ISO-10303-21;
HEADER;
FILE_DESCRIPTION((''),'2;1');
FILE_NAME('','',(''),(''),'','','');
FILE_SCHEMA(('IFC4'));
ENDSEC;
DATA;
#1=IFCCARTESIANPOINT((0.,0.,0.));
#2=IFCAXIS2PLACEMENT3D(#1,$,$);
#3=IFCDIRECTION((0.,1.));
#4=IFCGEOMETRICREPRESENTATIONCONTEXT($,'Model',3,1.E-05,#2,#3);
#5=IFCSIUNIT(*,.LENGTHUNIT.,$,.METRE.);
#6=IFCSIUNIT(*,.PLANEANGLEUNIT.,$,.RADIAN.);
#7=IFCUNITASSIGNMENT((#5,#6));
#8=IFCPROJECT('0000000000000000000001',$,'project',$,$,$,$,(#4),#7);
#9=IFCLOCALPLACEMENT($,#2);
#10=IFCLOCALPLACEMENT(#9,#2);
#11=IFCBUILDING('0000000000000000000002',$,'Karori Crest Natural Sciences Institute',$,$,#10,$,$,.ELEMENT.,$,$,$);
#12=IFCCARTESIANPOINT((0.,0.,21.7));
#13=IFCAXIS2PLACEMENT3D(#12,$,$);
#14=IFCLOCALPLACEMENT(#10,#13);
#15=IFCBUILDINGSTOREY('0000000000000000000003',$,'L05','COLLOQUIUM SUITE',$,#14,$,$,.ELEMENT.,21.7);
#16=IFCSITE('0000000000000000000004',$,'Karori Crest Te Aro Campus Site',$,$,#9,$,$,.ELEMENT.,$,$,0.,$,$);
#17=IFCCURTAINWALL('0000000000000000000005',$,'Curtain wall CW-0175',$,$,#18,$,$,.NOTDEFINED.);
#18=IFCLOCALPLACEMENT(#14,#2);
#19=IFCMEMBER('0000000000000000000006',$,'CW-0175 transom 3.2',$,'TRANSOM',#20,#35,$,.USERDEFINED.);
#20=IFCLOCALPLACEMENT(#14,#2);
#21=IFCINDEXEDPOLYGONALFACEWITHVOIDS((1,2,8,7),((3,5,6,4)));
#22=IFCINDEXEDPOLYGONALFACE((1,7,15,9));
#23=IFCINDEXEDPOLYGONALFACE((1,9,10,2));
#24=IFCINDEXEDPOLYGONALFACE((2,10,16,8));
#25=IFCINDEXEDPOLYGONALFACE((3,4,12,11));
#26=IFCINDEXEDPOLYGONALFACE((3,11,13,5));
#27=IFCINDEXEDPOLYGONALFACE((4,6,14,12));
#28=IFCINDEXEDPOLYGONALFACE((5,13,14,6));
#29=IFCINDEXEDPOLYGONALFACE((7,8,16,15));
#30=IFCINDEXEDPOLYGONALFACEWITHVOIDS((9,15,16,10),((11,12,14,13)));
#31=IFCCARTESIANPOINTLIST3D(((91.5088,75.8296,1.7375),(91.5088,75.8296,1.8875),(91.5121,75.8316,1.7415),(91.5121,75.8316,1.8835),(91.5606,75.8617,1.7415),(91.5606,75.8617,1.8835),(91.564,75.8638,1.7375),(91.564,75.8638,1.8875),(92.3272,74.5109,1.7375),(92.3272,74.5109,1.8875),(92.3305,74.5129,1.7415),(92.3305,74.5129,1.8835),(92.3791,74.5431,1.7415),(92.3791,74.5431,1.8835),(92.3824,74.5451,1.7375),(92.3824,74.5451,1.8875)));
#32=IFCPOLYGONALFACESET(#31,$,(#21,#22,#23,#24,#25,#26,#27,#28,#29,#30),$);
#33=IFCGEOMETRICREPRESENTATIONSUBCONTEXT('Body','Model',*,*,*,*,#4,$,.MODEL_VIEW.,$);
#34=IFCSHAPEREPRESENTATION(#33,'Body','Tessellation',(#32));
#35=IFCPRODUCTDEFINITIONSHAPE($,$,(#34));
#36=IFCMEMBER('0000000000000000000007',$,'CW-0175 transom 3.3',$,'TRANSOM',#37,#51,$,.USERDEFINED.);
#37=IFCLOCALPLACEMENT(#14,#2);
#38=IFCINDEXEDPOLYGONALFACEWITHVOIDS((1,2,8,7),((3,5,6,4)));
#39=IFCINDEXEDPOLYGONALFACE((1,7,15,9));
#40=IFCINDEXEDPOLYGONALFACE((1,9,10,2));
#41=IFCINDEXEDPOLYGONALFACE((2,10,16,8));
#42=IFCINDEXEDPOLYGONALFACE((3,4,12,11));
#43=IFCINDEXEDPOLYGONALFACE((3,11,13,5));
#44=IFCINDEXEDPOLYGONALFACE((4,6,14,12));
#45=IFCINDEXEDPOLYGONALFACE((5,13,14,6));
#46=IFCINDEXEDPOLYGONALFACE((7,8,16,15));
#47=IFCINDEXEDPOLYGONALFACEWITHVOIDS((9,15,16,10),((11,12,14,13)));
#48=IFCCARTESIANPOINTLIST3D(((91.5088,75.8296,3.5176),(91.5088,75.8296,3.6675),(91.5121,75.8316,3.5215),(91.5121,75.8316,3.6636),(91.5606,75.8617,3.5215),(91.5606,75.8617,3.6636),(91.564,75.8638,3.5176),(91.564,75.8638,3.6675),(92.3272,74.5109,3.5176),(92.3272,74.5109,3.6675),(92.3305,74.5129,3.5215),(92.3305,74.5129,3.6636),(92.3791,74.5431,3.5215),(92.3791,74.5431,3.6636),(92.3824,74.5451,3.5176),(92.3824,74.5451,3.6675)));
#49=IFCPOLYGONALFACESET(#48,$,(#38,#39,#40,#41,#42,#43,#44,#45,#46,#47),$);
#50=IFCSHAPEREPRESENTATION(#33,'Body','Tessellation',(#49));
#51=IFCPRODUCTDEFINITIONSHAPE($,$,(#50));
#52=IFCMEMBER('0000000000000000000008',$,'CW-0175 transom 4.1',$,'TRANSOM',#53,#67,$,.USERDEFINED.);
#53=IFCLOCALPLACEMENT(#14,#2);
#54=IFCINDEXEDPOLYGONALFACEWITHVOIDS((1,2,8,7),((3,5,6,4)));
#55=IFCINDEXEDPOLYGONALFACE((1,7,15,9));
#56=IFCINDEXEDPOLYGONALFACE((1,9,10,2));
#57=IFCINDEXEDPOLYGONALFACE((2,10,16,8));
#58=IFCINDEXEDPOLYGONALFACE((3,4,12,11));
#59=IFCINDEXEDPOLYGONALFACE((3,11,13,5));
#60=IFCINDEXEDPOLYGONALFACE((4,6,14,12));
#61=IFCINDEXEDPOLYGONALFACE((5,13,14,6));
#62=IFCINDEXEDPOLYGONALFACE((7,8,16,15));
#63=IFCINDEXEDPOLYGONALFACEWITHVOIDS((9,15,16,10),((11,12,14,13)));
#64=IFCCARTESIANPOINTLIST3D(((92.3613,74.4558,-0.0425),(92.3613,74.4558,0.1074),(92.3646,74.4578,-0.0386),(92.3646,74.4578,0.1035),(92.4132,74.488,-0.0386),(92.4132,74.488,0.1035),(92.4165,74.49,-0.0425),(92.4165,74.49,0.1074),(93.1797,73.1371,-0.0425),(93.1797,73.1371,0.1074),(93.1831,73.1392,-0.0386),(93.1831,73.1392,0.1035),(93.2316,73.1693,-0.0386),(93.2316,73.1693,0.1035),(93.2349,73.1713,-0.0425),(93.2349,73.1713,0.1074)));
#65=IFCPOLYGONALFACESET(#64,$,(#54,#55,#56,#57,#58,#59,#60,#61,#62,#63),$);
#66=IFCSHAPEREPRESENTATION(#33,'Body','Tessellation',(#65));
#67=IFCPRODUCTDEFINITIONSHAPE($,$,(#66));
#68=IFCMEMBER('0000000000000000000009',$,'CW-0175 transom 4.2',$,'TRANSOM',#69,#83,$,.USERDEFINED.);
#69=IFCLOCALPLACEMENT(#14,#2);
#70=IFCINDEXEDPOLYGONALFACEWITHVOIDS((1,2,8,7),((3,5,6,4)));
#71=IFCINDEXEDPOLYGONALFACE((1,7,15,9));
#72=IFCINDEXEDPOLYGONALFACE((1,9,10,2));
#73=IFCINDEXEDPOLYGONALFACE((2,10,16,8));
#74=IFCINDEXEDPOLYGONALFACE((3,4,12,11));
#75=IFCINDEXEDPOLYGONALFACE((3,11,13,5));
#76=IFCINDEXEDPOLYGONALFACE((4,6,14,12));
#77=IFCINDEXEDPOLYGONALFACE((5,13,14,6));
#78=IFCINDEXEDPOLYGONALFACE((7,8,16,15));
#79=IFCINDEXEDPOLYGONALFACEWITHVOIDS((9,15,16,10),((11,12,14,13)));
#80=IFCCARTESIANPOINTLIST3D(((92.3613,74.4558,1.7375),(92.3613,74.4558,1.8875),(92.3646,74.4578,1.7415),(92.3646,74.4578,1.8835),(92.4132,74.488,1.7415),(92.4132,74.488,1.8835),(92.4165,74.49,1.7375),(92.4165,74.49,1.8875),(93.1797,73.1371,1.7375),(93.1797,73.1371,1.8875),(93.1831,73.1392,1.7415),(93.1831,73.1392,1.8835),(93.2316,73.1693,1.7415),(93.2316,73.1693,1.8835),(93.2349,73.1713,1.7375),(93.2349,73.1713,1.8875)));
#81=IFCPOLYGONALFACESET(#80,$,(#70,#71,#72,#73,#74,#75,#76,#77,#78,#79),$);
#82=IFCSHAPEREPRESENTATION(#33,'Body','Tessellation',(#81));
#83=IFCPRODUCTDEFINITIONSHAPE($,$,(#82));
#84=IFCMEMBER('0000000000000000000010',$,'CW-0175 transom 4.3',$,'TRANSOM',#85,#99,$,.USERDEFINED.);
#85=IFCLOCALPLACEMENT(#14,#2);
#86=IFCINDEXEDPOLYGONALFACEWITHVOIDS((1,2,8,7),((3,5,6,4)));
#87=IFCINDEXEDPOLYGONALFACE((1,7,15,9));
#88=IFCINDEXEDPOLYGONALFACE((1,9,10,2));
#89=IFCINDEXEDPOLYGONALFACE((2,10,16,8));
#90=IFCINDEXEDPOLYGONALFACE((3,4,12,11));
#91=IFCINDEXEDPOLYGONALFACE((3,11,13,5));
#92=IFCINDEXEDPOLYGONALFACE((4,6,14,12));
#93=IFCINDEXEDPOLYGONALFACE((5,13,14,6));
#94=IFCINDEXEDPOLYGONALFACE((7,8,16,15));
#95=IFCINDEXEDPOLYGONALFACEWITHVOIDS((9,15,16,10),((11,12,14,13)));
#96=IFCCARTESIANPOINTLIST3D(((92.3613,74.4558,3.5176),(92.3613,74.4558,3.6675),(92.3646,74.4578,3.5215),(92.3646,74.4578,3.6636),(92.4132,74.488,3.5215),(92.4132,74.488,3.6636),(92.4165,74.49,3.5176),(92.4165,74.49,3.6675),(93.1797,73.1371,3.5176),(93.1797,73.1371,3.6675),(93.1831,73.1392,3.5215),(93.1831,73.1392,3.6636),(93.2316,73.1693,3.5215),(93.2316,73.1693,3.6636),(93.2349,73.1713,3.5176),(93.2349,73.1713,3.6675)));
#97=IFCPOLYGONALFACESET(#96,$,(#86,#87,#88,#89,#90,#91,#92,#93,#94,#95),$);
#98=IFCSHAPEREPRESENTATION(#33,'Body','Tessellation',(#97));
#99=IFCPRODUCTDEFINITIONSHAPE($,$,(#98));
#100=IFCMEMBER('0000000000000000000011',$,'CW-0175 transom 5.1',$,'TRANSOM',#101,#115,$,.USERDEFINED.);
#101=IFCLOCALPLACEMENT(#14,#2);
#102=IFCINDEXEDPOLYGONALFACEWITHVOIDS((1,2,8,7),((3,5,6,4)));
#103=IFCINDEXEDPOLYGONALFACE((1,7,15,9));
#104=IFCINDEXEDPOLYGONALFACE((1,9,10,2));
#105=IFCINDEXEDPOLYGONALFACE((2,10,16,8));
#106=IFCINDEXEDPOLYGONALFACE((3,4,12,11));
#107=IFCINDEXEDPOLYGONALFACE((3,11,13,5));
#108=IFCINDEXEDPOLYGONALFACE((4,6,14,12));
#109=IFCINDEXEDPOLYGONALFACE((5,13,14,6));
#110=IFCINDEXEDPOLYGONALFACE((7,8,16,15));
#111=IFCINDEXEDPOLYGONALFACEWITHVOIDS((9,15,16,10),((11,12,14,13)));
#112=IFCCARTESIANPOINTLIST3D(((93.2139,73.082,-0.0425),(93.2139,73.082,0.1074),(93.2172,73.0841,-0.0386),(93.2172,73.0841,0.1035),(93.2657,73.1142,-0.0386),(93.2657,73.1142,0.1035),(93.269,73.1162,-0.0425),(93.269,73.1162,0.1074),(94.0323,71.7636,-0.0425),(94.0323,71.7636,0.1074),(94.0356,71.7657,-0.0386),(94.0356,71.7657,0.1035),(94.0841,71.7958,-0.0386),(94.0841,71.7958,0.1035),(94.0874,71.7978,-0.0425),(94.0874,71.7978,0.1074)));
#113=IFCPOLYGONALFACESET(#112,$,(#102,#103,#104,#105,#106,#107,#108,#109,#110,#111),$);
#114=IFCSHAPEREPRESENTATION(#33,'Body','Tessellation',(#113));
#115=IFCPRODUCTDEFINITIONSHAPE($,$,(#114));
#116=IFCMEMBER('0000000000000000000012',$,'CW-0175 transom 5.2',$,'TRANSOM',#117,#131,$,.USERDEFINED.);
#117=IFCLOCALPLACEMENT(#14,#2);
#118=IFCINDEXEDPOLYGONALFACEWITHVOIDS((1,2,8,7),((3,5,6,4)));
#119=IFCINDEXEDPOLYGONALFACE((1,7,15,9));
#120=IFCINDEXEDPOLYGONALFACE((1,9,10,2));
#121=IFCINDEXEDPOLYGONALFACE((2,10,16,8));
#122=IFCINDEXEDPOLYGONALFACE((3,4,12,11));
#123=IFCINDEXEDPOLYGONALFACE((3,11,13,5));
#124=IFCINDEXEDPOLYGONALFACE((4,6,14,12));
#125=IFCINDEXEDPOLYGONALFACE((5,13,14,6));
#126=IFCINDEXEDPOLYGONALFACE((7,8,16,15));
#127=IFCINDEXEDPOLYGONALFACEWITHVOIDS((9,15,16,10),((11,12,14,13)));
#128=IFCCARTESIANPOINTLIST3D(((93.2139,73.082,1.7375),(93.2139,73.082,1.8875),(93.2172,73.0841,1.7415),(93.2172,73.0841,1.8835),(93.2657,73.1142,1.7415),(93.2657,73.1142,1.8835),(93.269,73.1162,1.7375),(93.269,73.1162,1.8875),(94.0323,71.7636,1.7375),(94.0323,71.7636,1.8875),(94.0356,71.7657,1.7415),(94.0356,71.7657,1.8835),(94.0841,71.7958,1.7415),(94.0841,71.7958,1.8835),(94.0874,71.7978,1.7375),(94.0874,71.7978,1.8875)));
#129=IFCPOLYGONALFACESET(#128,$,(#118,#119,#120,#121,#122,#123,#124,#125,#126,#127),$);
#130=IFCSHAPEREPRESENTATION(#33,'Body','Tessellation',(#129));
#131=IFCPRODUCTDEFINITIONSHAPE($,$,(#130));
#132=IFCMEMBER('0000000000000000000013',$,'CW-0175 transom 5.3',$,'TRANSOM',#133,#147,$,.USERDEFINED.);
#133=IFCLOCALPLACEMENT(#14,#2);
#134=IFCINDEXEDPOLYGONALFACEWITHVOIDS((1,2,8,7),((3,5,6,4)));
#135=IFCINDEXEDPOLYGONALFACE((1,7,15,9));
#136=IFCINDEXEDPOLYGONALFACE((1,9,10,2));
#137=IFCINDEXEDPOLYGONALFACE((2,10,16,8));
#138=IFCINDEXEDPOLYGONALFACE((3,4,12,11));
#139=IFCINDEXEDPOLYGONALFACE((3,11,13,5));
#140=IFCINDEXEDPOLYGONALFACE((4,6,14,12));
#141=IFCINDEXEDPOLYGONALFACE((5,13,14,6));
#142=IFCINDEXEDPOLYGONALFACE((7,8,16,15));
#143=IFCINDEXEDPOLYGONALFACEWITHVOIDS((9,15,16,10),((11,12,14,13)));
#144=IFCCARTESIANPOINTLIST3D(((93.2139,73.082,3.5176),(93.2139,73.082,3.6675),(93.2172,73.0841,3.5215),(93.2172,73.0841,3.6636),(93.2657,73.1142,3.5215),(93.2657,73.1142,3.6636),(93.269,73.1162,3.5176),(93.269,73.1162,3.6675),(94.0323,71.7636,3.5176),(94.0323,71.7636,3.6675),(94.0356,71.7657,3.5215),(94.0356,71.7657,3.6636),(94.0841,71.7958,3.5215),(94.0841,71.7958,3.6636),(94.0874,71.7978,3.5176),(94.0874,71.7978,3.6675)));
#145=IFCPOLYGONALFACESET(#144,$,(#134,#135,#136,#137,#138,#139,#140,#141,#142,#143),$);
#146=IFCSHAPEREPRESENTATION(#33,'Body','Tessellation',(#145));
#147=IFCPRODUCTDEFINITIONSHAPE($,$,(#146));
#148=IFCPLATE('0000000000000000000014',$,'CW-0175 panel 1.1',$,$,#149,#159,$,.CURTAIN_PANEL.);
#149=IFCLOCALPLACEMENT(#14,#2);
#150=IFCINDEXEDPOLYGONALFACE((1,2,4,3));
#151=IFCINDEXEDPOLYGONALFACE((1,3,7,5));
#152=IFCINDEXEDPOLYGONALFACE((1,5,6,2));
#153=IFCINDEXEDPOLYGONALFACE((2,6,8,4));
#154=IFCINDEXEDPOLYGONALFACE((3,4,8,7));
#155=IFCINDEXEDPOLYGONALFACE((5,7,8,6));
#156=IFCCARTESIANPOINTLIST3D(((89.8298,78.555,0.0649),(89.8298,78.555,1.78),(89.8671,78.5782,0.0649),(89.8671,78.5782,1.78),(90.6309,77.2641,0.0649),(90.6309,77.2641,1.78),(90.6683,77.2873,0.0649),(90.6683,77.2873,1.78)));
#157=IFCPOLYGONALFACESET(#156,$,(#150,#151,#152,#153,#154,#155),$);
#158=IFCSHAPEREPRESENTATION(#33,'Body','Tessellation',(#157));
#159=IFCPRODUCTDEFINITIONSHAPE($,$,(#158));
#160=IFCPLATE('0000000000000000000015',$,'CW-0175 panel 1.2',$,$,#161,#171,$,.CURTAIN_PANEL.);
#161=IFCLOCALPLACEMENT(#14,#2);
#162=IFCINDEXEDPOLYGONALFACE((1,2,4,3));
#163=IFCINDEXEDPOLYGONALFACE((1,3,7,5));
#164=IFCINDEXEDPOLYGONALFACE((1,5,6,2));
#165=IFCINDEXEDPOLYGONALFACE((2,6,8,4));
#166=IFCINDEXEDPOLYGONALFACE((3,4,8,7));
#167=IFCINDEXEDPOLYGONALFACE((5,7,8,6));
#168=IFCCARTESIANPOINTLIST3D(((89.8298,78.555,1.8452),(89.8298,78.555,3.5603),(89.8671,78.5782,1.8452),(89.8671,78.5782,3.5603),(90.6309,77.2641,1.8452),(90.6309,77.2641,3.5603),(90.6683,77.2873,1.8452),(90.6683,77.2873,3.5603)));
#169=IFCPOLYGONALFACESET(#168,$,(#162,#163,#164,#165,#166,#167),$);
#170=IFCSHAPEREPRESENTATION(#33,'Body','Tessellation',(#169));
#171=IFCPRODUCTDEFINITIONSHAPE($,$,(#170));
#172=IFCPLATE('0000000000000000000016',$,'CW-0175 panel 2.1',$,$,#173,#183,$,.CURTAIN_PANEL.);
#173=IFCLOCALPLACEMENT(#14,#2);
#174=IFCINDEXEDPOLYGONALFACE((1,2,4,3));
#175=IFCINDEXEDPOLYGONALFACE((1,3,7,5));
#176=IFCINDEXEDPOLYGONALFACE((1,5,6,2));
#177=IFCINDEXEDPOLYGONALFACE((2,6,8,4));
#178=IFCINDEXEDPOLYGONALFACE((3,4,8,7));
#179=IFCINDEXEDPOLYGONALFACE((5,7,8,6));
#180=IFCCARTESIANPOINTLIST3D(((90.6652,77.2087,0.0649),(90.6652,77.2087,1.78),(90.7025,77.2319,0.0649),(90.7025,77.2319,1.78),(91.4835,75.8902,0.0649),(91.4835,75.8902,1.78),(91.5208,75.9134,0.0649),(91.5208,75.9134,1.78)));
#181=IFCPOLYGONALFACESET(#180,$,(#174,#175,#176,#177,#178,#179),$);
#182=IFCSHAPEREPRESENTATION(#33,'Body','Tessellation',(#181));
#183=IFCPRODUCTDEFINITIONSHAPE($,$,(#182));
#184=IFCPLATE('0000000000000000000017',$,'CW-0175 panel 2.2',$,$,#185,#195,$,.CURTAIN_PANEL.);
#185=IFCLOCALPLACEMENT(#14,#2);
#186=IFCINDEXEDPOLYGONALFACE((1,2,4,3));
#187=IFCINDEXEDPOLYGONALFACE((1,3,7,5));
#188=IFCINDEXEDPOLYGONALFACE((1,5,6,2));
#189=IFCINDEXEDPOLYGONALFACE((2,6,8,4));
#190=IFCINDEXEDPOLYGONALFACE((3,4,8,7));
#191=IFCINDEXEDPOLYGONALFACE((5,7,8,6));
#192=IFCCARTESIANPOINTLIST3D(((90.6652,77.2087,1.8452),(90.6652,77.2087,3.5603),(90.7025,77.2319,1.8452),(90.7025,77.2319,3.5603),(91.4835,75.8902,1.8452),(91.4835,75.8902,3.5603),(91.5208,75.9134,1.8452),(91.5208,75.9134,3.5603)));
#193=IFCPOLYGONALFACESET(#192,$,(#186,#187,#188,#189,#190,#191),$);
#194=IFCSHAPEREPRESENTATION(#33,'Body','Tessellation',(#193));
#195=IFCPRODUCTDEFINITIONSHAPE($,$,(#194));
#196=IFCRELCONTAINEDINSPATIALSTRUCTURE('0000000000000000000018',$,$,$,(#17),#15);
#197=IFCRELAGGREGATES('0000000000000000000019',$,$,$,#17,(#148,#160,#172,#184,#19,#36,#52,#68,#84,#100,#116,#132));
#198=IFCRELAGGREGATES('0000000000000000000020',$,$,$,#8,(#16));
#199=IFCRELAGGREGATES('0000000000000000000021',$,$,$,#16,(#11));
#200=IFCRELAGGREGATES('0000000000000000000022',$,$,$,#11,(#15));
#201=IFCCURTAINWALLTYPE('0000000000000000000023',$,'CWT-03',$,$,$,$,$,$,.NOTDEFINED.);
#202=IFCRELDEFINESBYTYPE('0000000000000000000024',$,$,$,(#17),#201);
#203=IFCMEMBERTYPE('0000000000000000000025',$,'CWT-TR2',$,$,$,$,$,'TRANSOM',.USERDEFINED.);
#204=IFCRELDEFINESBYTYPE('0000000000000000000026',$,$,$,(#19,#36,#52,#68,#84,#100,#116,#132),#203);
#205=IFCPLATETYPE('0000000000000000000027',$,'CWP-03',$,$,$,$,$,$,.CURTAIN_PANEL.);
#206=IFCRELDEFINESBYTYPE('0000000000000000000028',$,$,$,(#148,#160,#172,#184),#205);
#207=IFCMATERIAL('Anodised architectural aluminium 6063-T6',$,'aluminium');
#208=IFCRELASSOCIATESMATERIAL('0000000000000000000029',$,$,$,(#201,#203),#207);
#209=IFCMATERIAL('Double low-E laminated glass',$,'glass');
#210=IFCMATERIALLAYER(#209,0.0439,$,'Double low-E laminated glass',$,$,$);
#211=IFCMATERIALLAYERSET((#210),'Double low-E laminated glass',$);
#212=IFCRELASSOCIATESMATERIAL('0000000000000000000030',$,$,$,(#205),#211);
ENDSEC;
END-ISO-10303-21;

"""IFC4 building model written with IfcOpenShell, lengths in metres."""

from ifc_helpers import new_model, si_unit, direction, frame, origin, origin_2d, place, context, subcontext, project, spatial, rectangle, hollow_rectangle, extrude, material, layer, layer_set, material_profile, profile_set, type_object, element, aggregate, save


model = new_model("IFC4")

# Units and contexts
model_context = context("Model", 3, precision=1e-05, world=origin(), true_north=direction((0.0, 1.0)))
body_context = subcontext(model_context, "Body", "Model", "MODEL_VIEW")
ifc_project = project(units=[si_unit("LENGTHUNIT", "METRE"), si_unit("PLANEANGLEUNIT", "RADIAN")], contexts=[model_context])

# Site, building, storey
site_placement = place(None, origin())
site = spatial("IfcSite", under=ifc_project, at=site_placement, Name="Karori Crest Te Aro Campus Site", CompositionType="ELEMENT", RefElevation=0.0)
building_placement = place(site_placement, origin())
building = spatial("IfcBuilding", under=site, at=building_placement, Name="Karori Crest Natural Sciences Institute", CompositionType="ELEMENT")
storey_placement = place(building_placement, frame((0.0, 0.0, 21.7)))
storey = spatial("IfcBuildingStorey", under=building, at=storey_placement, Name="L05", Description="COLLOQUIUM SUITE", CompositionType="ELEMENT", Elevation=21.7)

# Curtain wall, members, plates
ifc_material_1 = material(Name="Anodised architectural aluminium 6063-T6", Category="aluminium")
curtain_wall_type = type_object("IfcCurtainWallType", Name="CWT-03", PredefinedType="NOTDEFINED", material=ifc_material_1)
curtain_wall_placement = place(storey_placement, origin())
curtain_wall = element("IfcCurtainWall", 1, at=curtain_wall_placement, inside=storey, type_object=curtain_wall_type, Name="Curtain wall CW-0175", PredefinedType="NOTDEFINED")
ifc_material_profile_1 = material_profile(ifc_material_1, hollow_rectangle(XDim=0.0649, YDim=0.1499, WallThickness=0.0039, at=origin_2d()), Name="CWT150x65x4")
ifc_profile_set_1 = profile_set([ifc_material_profile_1], Name="Anodised architectural aluminium 6063-T6")
member_type_1 = type_object("IfcMemberType", Name="CWT-TR2", ElementType="TRANSOM", PredefinedType="USERDEFINED", material=ifc_profile_set_1)
member_1_placement = place(storey_placement, frame((91.5364, 75.8467, 1.8125), z_axis=(0.527324, -0.849664, 0.0), x_axis=(0.849664, 0.527324, 0.0)))
member_1 = element("IfcMember", 2, at=member_1_placement, type_object=member_type_1, Name="CW-0175 transom 3.2", ObjectType="TRANSOM", PredefinedType="USERDEFINED", context=body_context, shape_type="SweptSolid", body=[
    extrude(hollow_rectangle(XDim=0.0649, YDim=0.1499, WallThickness=0.0039, at=origin_2d()), origin(), (0.0, 0.0, 1.0), 1.552),
])
member_2_placement = place(storey_placement, frame((91.5364, 75.8467, 3.5925), z_axis=(0.527324, -0.849664, 0.0), x_axis=(0.849664, 0.527324, 0.0)))
member_2 = element("IfcMember", 3, at=member_2_placement, type_object=member_type_1, Name="CW-0175 transom 3.3", ObjectType="TRANSOM", PredefinedType="USERDEFINED", context=body_context, shape_type="SweptSolid", body=[
    extrude(hollow_rectangle(XDim=0.0649, YDim=0.1499, WallThickness=0.0039, at=origin_2d()), origin(), (0.0, 0.0, 1.0), 1.552),
])
member_3_placement = place(storey_placement, frame((92.3889, 74.4729, 0.0325), z_axis=(0.527324, -0.849664, 0.0), x_axis=(0.849664, 0.527324, 0.0)))
member_3 = element("IfcMember", 4, at=member_3_placement, type_object=member_type_1, Name="CW-0175 transom 4.1", ObjectType="TRANSOM", PredefinedType="USERDEFINED", context=body_context, shape_type="SweptSolid", body=[
    extrude(hollow_rectangle(XDim=0.0649, YDim=0.1499, WallThickness=0.0039, at=origin_2d()), origin(), (0.0, 0.0, 1.0), 1.552),
])
member_4_placement = place(storey_placement, frame((92.3889, 74.4729, 1.8125), z_axis=(0.527324, -0.849664, 0.0), x_axis=(0.849664, 0.527324, 0.0)))
member_4 = element("IfcMember", 5, at=member_4_placement, type_object=member_type_1, Name="CW-0175 transom 4.2", ObjectType="TRANSOM", PredefinedType="USERDEFINED", context=body_context, shape_type="SweptSolid", body=[
    extrude(hollow_rectangle(XDim=0.0649, YDim=0.1499, WallThickness=0.0039, at=origin_2d()), origin(), (0.0, 0.0, 1.0), 1.552),
])
member_5_placement = place(storey_placement, frame((92.3889, 74.4729, 3.5925), z_axis=(0.527324, -0.849664, 0.0), x_axis=(0.849664, 0.527324, 0.0)))
member_5 = element("IfcMember", 6, at=member_5_placement, type_object=member_type_1, Name="CW-0175 transom 4.3", ObjectType="TRANSOM", PredefinedType="USERDEFINED", context=body_context, shape_type="SweptSolid", body=[
    extrude(hollow_rectangle(XDim=0.0649, YDim=0.1499, WallThickness=0.0039, at=origin_2d()), origin(), (0.0, 0.0, 1.0), 1.552),
])
member_6_placement = place(storey_placement, frame((93.2415, 73.0991, 0.0325), z_axis=(0.527394, -0.849621, 0.0), x_axis=(0.849621, 0.527394, 0.0)))
member_6 = element("IfcMember", 7, at=member_6_placement, type_object=member_type_1, Name="CW-0175 transom 5.1", ObjectType="TRANSOM", PredefinedType="USERDEFINED", context=body_context, shape_type="SweptSolid", body=[
    extrude(hollow_rectangle(XDim=0.0649, YDim=0.1499, WallThickness=0.0039, at=origin_2d()), origin(), (0.0, 0.0, 1.0), 1.5518),
])
member_7_placement = place(storey_placement, frame((93.2415, 73.0991, 1.8125), z_axis=(0.527394, -0.849621, 0.0), x_axis=(0.849621, 0.527394, 0.0)))
member_7 = element("IfcMember", 8, at=member_7_placement, type_object=member_type_1, Name="CW-0175 transom 5.2", ObjectType="TRANSOM", PredefinedType="USERDEFINED", context=body_context, shape_type="SweptSolid", body=[
    extrude(hollow_rectangle(XDim=0.0649, YDim=0.1499, WallThickness=0.0039, at=origin_2d()), origin(), (0.0, 0.0, 1.0), 1.5518),
])
member_8_placement = place(storey_placement, frame((93.2415, 73.0991, 3.5925), z_axis=(0.527394, -0.849621, 0.0), x_axis=(0.849621, 0.527394, 0.0)))
member_8 = element("IfcMember", 9, at=member_8_placement, type_object=member_type_1, Name="CW-0175 transom 5.3", ObjectType="TRANSOM", PredefinedType="USERDEFINED", context=body_context, shape_type="SweptSolid", body=[
    extrude(hollow_rectangle(XDim=0.0649, YDim=0.1499, WallThickness=0.0039, at=origin_2d()), origin(), (0.0, 0.0, 1.0), 1.5518),
])
ifc_material_2 = material(Name="Double low-E laminated glass", Category="glass")
ifc_layer_1 = layer(ifc_material_2, 0.0439, Name="Double low-E laminated glass")
ifc_layer_set_1 = layer_set([ifc_layer_1], Name="Double low-E laminated glass")
plate_type = type_object("IfcPlateType", Name="CWP-03", PredefinedType="CURTAIN_PANEL", material=ifc_layer_set_1)
plate_1_placement = place(storey_placement, frame((90.249, 77.9211, 0.0649), z_axis=(0.0, 0.0, 1.0), x_axis=(0.527328, -0.849662, 0.0)))
plate_1 = element("IfcPlate", 10, at=plate_1_placement, type_object=plate_type, Name="CW-0175 panel 1.1", PredefinedType="CURTAIN_PANEL", context=body_context, shape_type="SweptSolid", body=[
    extrude(rectangle(XDim=1.5193, YDim=0.0439, at=origin_2d()), origin(), (0.0, 0.0, 1.0), 1.7151),
])
plate_2_placement = place(storey_placement, frame((90.249, 77.9211, 1.8452), z_axis=(0.0, 0.0, 1.0), x_axis=(0.527328, -0.849662, 0.0)))
plate_2 = element("IfcPlate", 11, at=plate_2_placement, type_object=plate_type, Name="CW-0175 panel 1.2", PredefinedType="CURTAIN_PANEL", context=body_context, shape_type="SweptSolid", body=[
    extrude(rectangle(XDim=1.5193, YDim=0.0439, at=origin_2d()), origin(), (0.0, 0.0, 1.0), 1.7151),
])
plate_3_placement = place(storey_placement, frame((91.093, 76.561, 0.0649), z_axis=(0.0, 0.0, 1.0), x_axis=(0.527328, -0.849662, 0.0)))
plate_3 = element("IfcPlate", 12, at=plate_3_placement, type_object=plate_type, Name="CW-0175 panel 2.1", PredefinedType="CURTAIN_PANEL", context=body_context, shape_type="SweptSolid", body=[
    extrude(rectangle(XDim=1.5518, YDim=0.0439, at=origin_2d()), origin(), (0.0, 0.0, 1.0), 1.7151),
])
plate_4_placement = place(storey_placement, frame((91.093, 76.561, 1.8452), z_axis=(0.0, 0.0, 1.0), x_axis=(0.527328, -0.849662, 0.0)))
plate_4 = element("IfcPlate", 13, at=plate_4_placement, type_object=plate_type, Name="CW-0175 panel 2.2", PredefinedType="CURTAIN_PANEL", context=body_context, shape_type="SweptSolid", body=[
    extrude(rectangle(XDim=1.5518, YDim=0.0439, at=origin_2d()), origin(), (0.0, 0.0, 1.0), 1.7151),
])
aggregate(curtain_wall, [plate_1, plate_2, plate_3, plate_4, member_1, member_2, member_3, member_4, member_5, member_6, member_7, member_8])

save(model, "model.ifc")
